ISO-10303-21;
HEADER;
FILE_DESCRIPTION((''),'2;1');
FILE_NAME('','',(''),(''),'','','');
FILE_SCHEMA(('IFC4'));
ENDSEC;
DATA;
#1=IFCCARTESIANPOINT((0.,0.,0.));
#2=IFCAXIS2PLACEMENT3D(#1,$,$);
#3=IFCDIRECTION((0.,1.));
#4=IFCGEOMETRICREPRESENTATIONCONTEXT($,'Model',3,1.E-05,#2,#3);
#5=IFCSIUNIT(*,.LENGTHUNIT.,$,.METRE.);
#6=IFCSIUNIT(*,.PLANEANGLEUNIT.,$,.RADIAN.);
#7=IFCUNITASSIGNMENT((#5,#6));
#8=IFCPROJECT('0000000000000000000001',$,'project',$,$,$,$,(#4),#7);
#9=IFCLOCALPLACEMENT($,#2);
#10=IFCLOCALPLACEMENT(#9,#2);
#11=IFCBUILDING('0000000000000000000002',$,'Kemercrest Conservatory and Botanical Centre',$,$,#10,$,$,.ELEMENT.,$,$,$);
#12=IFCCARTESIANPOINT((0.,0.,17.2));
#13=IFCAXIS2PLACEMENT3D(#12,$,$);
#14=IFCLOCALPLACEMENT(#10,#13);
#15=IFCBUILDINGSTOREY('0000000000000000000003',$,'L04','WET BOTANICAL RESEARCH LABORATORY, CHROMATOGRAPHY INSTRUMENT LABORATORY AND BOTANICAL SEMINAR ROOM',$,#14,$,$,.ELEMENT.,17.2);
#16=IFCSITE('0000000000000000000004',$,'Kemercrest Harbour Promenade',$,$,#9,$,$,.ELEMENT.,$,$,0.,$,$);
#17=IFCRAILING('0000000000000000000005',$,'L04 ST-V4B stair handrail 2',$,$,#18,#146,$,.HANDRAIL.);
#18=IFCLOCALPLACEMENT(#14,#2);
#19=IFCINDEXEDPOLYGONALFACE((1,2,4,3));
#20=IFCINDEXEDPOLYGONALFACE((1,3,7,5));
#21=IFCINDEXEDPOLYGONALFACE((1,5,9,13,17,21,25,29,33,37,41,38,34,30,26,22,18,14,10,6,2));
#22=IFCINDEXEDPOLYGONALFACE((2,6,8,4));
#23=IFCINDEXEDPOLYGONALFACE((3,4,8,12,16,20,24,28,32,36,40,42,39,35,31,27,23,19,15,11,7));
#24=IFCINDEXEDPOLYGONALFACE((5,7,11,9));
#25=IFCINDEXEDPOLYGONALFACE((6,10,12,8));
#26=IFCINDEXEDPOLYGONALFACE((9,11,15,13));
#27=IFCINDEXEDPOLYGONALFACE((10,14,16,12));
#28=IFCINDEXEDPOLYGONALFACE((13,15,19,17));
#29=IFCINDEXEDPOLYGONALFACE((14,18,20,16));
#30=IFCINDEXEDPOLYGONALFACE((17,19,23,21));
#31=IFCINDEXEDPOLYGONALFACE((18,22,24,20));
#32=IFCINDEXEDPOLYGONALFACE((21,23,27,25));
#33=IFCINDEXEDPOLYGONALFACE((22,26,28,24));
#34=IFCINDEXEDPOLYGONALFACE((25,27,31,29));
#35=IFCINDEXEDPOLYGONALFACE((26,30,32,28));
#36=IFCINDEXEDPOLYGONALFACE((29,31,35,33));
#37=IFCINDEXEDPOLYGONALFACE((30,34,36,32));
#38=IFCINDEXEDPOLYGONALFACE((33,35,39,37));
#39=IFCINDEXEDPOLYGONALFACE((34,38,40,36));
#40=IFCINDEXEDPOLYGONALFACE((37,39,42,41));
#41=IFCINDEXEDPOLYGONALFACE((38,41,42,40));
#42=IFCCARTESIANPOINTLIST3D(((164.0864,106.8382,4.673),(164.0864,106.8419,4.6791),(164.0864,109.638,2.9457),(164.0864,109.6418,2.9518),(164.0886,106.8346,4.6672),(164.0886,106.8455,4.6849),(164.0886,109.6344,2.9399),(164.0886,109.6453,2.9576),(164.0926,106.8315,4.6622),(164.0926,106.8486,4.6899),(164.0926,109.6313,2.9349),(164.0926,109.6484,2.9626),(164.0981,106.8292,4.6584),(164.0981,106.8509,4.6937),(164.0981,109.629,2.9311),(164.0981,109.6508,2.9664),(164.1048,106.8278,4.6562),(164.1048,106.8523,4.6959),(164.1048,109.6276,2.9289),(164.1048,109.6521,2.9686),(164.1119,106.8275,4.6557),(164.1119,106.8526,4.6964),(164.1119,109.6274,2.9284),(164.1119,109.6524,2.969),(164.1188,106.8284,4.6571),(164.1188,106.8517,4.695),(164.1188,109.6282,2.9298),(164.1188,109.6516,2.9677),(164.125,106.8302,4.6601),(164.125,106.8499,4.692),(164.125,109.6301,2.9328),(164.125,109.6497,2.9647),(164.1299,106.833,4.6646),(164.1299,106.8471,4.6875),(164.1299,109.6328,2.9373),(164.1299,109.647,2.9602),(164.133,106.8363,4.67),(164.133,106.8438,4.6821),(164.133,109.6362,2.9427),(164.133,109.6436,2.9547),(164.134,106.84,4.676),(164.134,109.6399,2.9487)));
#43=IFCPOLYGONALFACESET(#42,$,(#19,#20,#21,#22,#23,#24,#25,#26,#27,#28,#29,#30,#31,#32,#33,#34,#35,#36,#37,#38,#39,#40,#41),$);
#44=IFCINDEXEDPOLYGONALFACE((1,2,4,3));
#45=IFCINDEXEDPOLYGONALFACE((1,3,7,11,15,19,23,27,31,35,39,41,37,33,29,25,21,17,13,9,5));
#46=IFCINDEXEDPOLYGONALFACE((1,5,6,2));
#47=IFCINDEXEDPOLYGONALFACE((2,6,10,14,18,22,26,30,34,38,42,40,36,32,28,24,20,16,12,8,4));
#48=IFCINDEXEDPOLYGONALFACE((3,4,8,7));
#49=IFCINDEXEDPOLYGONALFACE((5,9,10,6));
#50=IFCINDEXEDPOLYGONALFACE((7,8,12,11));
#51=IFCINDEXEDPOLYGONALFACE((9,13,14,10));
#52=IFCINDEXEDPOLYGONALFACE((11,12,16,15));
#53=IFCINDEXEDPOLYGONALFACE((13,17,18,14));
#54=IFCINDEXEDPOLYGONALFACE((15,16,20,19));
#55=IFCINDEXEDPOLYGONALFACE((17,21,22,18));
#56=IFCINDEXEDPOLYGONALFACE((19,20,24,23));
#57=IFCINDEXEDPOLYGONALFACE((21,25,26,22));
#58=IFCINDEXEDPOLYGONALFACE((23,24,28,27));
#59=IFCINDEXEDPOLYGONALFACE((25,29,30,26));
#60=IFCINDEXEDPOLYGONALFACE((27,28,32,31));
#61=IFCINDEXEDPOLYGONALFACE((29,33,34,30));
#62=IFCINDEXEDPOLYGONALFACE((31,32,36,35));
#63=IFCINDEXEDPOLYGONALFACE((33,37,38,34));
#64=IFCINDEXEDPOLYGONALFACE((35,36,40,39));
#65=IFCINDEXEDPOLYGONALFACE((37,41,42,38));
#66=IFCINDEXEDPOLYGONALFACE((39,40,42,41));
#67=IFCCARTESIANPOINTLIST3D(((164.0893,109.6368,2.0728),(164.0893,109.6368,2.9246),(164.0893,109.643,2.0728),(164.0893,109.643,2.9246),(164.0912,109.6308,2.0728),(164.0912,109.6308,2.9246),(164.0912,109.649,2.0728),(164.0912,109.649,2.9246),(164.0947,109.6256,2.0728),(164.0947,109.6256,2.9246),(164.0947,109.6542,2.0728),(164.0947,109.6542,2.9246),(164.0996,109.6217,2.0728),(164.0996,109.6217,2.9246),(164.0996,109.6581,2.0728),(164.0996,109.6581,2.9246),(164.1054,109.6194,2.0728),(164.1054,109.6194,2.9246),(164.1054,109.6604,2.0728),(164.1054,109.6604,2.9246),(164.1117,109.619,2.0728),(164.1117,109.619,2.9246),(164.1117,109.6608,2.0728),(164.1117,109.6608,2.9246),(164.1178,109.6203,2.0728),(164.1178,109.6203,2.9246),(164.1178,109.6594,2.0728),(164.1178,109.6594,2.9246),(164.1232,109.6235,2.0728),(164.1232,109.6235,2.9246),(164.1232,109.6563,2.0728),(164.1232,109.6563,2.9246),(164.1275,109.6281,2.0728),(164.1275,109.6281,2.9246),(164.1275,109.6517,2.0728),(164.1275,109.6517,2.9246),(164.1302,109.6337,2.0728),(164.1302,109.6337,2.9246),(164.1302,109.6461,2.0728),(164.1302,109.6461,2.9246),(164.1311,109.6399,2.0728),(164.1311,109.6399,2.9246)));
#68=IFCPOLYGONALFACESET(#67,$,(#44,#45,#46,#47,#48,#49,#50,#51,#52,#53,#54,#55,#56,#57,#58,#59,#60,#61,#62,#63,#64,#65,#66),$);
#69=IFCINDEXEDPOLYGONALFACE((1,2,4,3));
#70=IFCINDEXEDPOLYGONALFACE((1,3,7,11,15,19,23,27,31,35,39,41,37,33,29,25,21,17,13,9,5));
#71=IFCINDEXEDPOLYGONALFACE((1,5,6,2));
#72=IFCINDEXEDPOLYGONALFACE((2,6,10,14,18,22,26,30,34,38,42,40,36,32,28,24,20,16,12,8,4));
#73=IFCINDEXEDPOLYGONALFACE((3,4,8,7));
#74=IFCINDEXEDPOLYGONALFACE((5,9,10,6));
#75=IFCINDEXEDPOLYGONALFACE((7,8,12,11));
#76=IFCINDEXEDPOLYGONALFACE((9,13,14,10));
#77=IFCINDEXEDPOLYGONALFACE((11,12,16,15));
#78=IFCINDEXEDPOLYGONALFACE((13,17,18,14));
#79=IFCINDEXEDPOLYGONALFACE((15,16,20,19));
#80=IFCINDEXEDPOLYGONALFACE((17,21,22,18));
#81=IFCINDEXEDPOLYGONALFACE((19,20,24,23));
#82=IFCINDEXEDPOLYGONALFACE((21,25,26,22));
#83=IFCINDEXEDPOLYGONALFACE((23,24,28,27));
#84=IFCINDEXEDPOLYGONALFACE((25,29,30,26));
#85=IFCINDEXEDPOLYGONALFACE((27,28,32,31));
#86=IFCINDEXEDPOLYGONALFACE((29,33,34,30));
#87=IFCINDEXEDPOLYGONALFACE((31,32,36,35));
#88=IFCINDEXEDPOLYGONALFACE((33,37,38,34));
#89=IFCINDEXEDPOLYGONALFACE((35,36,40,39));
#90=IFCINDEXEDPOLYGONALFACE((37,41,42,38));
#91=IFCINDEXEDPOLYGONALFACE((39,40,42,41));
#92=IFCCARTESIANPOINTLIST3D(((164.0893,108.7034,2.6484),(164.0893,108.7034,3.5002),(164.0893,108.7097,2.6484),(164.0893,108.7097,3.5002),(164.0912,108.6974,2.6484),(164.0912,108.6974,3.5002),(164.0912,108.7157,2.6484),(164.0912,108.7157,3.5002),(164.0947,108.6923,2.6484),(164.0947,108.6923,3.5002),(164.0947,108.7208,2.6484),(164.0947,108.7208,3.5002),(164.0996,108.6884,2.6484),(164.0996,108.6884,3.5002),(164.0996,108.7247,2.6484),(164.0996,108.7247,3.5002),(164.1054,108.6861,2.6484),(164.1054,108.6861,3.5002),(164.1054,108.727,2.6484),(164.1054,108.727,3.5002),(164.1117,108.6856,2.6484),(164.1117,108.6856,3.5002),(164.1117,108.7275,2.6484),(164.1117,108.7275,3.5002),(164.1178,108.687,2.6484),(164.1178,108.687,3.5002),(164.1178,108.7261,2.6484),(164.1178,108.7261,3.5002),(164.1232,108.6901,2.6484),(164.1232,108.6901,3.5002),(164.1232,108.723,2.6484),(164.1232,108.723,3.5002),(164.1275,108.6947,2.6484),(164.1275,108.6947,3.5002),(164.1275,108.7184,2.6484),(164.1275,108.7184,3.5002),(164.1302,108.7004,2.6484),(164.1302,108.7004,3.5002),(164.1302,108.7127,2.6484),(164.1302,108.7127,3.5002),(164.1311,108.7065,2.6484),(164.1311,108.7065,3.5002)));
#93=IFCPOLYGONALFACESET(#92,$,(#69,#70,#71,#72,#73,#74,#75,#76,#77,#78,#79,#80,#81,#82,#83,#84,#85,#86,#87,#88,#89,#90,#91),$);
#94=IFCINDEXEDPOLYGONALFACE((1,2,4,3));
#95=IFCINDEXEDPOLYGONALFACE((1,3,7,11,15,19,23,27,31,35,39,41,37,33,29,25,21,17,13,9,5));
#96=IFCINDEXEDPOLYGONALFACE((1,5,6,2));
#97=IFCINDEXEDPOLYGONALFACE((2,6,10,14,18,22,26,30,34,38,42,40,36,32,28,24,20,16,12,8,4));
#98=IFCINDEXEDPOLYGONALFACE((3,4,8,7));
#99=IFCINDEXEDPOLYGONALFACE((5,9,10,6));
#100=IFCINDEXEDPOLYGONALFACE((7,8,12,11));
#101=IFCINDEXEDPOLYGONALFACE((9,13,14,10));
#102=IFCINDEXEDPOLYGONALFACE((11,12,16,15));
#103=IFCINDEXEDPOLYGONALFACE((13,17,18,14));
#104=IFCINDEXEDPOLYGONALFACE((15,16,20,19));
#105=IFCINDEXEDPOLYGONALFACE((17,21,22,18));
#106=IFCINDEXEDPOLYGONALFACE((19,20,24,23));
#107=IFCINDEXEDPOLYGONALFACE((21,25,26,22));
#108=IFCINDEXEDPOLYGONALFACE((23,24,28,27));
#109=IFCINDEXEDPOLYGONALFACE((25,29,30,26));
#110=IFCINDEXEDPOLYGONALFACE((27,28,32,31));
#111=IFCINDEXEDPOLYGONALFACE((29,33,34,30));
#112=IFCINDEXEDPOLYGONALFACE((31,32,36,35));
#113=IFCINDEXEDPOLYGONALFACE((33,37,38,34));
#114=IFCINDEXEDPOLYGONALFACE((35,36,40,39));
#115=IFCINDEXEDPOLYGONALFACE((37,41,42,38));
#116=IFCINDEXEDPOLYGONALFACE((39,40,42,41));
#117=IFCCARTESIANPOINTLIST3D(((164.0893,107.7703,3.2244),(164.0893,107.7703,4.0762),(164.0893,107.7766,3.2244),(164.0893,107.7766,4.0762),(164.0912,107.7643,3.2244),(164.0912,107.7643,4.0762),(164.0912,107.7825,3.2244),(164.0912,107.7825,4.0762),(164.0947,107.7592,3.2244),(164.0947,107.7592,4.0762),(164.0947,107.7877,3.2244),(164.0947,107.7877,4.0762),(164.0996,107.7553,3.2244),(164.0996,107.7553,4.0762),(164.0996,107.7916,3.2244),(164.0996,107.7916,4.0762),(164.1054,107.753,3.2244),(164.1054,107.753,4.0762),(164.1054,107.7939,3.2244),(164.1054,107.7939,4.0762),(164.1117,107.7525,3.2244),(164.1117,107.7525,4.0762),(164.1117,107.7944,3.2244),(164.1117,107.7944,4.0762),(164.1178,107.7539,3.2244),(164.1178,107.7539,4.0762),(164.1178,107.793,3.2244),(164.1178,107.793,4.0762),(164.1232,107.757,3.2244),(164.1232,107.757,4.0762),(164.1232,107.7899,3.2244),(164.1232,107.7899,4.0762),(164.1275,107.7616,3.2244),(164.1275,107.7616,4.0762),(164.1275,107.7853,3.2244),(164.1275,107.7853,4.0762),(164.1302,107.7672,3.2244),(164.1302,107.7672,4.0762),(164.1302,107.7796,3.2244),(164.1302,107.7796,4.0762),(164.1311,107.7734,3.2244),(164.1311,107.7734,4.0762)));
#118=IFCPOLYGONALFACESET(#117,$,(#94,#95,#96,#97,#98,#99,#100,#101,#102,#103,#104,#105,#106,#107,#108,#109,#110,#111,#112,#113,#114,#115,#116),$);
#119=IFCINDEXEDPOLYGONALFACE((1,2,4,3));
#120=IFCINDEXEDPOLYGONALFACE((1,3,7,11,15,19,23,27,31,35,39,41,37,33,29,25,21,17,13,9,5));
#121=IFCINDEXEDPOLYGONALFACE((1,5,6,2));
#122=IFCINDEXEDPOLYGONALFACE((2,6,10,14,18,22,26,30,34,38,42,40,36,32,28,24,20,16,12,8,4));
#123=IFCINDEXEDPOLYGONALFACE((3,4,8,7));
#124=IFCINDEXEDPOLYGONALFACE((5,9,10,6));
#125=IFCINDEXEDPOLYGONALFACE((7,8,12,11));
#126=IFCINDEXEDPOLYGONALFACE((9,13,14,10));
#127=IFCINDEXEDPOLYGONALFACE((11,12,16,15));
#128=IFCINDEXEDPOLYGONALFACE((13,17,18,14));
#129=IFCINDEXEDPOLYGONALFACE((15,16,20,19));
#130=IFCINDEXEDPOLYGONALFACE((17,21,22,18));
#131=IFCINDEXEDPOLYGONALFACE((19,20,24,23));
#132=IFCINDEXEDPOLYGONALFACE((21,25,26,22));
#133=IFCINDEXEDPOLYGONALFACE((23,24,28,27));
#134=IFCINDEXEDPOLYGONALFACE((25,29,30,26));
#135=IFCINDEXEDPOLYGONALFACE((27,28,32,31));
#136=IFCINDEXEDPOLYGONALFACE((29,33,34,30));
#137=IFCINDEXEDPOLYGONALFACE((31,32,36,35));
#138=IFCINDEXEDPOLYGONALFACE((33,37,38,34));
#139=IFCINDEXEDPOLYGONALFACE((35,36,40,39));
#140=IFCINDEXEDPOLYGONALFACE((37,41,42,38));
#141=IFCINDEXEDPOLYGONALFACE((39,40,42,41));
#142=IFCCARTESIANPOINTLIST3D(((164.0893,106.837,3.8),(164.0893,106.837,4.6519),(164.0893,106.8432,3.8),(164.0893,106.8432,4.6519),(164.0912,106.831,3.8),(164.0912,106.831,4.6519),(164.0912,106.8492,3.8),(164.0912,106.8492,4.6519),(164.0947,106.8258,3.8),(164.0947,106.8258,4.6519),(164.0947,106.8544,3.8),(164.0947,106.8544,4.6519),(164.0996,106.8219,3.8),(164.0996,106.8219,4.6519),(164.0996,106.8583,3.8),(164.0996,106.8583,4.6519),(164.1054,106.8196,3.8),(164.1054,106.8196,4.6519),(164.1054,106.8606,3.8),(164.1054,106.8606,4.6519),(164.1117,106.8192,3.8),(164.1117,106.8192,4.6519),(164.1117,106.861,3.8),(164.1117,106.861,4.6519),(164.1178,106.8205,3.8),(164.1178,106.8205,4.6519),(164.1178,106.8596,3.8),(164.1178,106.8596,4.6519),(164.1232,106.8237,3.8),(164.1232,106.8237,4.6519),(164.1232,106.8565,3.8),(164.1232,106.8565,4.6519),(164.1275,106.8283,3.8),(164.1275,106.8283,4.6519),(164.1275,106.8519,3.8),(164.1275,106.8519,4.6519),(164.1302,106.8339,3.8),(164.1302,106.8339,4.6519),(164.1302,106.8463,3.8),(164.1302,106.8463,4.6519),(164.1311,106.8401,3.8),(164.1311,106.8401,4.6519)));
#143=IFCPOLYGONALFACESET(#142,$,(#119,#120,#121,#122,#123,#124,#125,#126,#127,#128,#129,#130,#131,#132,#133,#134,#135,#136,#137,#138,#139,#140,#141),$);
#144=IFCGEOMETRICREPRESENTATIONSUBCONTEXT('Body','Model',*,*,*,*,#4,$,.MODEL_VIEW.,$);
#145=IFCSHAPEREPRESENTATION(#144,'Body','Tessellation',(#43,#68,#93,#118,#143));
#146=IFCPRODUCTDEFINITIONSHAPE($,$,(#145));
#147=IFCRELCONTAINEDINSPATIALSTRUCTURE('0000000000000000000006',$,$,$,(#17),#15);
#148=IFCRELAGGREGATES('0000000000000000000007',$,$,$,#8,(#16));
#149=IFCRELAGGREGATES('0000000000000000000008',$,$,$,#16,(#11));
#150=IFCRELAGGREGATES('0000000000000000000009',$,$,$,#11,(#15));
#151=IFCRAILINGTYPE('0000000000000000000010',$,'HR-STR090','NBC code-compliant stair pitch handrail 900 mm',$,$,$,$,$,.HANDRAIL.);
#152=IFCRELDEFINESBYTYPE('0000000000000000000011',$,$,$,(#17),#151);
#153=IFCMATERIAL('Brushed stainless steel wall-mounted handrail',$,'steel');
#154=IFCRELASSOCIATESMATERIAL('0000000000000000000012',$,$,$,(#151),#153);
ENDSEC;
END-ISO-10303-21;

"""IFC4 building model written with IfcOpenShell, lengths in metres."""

from ifc_helpers import new_model, si_unit, direction, frame, origin, origin_2d, place, context, subcontext, project, spatial, circle, extrude, material, type_object, element, save


model = new_model("IFC4")

# Units and contexts
model_context = context("Model", 3, precision=1e-05, world=origin(), true_north=direction((0.0, 1.0)))
body_context = subcontext(model_context, "Body", "Model", "MODEL_VIEW")
ifc_project = project(units=[si_unit("LENGTHUNIT", "METRE"), si_unit("PLANEANGLEUNIT", "RADIAN")], contexts=[model_context])

# Site, building, storey
site_placement = place(None, origin())
site = spatial("IfcSite", under=ifc_project, at=site_placement, Name="Kemercrest Harbour Promenade", CompositionType="ELEMENT", RefElevation=0.0)
building_placement = place(site_placement, origin())
building = spatial("IfcBuilding", under=site, at=building_placement, Name="Kemercrest Conservatory and Botanical Centre", CompositionType="ELEMENT")
storey_placement = place(building_placement, frame((0.0, 0.0, 17.2)))
storey = spatial("IfcBuildingStorey", under=building, at=storey_placement, Name="L04", Description="WET BOTANICAL RESEARCH LABORATORY, CHROMATOGRAPHY INSTRUMENT LABORATORY AND BOTANICAL SEMINAR ROOM", CompositionType="ELEMENT", Elevation=17.2)

# Railing
ifc_material_1 = material(Name="Brushed stainless steel wall-mounted handrail", Category="steel")
railing_type_1 = type_object("IfcRailingType", Name="HR-STR090", Description="NBC code-compliant stair pitch handrail 900 mm", PredefinedType="HANDRAIL", material=ifc_material_1)
railing_1_placement = place(storey_placement, frame((164.1101, 109.6399, 2.0728)))
element("IfcRailing", 1, at=railing_1_placement, inside=storey, type_object=railing_type_1, Name="L04 ST-V4B stair handrail 2", PredefinedType="HANDRAIL", context=body_context, shape_type="SweptSolid", body=[
    extrude(circle(Radius=0.0239, at=origin_2d()), frame((0.0, 0.0, 0.876), z_axis=(0.0, -0.851069, 0.525054), x_axis=(1.0, 0.0, 0.0)), (0.0, 0.0, 1.0), 3.2898),
    extrude(circle(Radius=0.021, at=origin_2d()), origin(), (0.0, 0.0, 1.0), 0.8518),
    extrude(circle(Radius=0.021, at=origin_2d()), frame((0.0, -0.9333, 0.5757)), (0.0, 0.0, 1.0), 0.8518),
    extrude(circle(Radius=0.021, at=origin_2d()), frame((0.0, -1.8665, 1.1516)), (0.0, 0.0, 1.0), 0.8518),
    extrude(circle(Radius=0.021, at=origin_2d()), frame((0.0, -2.7998, 1.7273)), (0.0, 0.0, 1.0), 0.8518),
])

save(model, "model.ifc")
